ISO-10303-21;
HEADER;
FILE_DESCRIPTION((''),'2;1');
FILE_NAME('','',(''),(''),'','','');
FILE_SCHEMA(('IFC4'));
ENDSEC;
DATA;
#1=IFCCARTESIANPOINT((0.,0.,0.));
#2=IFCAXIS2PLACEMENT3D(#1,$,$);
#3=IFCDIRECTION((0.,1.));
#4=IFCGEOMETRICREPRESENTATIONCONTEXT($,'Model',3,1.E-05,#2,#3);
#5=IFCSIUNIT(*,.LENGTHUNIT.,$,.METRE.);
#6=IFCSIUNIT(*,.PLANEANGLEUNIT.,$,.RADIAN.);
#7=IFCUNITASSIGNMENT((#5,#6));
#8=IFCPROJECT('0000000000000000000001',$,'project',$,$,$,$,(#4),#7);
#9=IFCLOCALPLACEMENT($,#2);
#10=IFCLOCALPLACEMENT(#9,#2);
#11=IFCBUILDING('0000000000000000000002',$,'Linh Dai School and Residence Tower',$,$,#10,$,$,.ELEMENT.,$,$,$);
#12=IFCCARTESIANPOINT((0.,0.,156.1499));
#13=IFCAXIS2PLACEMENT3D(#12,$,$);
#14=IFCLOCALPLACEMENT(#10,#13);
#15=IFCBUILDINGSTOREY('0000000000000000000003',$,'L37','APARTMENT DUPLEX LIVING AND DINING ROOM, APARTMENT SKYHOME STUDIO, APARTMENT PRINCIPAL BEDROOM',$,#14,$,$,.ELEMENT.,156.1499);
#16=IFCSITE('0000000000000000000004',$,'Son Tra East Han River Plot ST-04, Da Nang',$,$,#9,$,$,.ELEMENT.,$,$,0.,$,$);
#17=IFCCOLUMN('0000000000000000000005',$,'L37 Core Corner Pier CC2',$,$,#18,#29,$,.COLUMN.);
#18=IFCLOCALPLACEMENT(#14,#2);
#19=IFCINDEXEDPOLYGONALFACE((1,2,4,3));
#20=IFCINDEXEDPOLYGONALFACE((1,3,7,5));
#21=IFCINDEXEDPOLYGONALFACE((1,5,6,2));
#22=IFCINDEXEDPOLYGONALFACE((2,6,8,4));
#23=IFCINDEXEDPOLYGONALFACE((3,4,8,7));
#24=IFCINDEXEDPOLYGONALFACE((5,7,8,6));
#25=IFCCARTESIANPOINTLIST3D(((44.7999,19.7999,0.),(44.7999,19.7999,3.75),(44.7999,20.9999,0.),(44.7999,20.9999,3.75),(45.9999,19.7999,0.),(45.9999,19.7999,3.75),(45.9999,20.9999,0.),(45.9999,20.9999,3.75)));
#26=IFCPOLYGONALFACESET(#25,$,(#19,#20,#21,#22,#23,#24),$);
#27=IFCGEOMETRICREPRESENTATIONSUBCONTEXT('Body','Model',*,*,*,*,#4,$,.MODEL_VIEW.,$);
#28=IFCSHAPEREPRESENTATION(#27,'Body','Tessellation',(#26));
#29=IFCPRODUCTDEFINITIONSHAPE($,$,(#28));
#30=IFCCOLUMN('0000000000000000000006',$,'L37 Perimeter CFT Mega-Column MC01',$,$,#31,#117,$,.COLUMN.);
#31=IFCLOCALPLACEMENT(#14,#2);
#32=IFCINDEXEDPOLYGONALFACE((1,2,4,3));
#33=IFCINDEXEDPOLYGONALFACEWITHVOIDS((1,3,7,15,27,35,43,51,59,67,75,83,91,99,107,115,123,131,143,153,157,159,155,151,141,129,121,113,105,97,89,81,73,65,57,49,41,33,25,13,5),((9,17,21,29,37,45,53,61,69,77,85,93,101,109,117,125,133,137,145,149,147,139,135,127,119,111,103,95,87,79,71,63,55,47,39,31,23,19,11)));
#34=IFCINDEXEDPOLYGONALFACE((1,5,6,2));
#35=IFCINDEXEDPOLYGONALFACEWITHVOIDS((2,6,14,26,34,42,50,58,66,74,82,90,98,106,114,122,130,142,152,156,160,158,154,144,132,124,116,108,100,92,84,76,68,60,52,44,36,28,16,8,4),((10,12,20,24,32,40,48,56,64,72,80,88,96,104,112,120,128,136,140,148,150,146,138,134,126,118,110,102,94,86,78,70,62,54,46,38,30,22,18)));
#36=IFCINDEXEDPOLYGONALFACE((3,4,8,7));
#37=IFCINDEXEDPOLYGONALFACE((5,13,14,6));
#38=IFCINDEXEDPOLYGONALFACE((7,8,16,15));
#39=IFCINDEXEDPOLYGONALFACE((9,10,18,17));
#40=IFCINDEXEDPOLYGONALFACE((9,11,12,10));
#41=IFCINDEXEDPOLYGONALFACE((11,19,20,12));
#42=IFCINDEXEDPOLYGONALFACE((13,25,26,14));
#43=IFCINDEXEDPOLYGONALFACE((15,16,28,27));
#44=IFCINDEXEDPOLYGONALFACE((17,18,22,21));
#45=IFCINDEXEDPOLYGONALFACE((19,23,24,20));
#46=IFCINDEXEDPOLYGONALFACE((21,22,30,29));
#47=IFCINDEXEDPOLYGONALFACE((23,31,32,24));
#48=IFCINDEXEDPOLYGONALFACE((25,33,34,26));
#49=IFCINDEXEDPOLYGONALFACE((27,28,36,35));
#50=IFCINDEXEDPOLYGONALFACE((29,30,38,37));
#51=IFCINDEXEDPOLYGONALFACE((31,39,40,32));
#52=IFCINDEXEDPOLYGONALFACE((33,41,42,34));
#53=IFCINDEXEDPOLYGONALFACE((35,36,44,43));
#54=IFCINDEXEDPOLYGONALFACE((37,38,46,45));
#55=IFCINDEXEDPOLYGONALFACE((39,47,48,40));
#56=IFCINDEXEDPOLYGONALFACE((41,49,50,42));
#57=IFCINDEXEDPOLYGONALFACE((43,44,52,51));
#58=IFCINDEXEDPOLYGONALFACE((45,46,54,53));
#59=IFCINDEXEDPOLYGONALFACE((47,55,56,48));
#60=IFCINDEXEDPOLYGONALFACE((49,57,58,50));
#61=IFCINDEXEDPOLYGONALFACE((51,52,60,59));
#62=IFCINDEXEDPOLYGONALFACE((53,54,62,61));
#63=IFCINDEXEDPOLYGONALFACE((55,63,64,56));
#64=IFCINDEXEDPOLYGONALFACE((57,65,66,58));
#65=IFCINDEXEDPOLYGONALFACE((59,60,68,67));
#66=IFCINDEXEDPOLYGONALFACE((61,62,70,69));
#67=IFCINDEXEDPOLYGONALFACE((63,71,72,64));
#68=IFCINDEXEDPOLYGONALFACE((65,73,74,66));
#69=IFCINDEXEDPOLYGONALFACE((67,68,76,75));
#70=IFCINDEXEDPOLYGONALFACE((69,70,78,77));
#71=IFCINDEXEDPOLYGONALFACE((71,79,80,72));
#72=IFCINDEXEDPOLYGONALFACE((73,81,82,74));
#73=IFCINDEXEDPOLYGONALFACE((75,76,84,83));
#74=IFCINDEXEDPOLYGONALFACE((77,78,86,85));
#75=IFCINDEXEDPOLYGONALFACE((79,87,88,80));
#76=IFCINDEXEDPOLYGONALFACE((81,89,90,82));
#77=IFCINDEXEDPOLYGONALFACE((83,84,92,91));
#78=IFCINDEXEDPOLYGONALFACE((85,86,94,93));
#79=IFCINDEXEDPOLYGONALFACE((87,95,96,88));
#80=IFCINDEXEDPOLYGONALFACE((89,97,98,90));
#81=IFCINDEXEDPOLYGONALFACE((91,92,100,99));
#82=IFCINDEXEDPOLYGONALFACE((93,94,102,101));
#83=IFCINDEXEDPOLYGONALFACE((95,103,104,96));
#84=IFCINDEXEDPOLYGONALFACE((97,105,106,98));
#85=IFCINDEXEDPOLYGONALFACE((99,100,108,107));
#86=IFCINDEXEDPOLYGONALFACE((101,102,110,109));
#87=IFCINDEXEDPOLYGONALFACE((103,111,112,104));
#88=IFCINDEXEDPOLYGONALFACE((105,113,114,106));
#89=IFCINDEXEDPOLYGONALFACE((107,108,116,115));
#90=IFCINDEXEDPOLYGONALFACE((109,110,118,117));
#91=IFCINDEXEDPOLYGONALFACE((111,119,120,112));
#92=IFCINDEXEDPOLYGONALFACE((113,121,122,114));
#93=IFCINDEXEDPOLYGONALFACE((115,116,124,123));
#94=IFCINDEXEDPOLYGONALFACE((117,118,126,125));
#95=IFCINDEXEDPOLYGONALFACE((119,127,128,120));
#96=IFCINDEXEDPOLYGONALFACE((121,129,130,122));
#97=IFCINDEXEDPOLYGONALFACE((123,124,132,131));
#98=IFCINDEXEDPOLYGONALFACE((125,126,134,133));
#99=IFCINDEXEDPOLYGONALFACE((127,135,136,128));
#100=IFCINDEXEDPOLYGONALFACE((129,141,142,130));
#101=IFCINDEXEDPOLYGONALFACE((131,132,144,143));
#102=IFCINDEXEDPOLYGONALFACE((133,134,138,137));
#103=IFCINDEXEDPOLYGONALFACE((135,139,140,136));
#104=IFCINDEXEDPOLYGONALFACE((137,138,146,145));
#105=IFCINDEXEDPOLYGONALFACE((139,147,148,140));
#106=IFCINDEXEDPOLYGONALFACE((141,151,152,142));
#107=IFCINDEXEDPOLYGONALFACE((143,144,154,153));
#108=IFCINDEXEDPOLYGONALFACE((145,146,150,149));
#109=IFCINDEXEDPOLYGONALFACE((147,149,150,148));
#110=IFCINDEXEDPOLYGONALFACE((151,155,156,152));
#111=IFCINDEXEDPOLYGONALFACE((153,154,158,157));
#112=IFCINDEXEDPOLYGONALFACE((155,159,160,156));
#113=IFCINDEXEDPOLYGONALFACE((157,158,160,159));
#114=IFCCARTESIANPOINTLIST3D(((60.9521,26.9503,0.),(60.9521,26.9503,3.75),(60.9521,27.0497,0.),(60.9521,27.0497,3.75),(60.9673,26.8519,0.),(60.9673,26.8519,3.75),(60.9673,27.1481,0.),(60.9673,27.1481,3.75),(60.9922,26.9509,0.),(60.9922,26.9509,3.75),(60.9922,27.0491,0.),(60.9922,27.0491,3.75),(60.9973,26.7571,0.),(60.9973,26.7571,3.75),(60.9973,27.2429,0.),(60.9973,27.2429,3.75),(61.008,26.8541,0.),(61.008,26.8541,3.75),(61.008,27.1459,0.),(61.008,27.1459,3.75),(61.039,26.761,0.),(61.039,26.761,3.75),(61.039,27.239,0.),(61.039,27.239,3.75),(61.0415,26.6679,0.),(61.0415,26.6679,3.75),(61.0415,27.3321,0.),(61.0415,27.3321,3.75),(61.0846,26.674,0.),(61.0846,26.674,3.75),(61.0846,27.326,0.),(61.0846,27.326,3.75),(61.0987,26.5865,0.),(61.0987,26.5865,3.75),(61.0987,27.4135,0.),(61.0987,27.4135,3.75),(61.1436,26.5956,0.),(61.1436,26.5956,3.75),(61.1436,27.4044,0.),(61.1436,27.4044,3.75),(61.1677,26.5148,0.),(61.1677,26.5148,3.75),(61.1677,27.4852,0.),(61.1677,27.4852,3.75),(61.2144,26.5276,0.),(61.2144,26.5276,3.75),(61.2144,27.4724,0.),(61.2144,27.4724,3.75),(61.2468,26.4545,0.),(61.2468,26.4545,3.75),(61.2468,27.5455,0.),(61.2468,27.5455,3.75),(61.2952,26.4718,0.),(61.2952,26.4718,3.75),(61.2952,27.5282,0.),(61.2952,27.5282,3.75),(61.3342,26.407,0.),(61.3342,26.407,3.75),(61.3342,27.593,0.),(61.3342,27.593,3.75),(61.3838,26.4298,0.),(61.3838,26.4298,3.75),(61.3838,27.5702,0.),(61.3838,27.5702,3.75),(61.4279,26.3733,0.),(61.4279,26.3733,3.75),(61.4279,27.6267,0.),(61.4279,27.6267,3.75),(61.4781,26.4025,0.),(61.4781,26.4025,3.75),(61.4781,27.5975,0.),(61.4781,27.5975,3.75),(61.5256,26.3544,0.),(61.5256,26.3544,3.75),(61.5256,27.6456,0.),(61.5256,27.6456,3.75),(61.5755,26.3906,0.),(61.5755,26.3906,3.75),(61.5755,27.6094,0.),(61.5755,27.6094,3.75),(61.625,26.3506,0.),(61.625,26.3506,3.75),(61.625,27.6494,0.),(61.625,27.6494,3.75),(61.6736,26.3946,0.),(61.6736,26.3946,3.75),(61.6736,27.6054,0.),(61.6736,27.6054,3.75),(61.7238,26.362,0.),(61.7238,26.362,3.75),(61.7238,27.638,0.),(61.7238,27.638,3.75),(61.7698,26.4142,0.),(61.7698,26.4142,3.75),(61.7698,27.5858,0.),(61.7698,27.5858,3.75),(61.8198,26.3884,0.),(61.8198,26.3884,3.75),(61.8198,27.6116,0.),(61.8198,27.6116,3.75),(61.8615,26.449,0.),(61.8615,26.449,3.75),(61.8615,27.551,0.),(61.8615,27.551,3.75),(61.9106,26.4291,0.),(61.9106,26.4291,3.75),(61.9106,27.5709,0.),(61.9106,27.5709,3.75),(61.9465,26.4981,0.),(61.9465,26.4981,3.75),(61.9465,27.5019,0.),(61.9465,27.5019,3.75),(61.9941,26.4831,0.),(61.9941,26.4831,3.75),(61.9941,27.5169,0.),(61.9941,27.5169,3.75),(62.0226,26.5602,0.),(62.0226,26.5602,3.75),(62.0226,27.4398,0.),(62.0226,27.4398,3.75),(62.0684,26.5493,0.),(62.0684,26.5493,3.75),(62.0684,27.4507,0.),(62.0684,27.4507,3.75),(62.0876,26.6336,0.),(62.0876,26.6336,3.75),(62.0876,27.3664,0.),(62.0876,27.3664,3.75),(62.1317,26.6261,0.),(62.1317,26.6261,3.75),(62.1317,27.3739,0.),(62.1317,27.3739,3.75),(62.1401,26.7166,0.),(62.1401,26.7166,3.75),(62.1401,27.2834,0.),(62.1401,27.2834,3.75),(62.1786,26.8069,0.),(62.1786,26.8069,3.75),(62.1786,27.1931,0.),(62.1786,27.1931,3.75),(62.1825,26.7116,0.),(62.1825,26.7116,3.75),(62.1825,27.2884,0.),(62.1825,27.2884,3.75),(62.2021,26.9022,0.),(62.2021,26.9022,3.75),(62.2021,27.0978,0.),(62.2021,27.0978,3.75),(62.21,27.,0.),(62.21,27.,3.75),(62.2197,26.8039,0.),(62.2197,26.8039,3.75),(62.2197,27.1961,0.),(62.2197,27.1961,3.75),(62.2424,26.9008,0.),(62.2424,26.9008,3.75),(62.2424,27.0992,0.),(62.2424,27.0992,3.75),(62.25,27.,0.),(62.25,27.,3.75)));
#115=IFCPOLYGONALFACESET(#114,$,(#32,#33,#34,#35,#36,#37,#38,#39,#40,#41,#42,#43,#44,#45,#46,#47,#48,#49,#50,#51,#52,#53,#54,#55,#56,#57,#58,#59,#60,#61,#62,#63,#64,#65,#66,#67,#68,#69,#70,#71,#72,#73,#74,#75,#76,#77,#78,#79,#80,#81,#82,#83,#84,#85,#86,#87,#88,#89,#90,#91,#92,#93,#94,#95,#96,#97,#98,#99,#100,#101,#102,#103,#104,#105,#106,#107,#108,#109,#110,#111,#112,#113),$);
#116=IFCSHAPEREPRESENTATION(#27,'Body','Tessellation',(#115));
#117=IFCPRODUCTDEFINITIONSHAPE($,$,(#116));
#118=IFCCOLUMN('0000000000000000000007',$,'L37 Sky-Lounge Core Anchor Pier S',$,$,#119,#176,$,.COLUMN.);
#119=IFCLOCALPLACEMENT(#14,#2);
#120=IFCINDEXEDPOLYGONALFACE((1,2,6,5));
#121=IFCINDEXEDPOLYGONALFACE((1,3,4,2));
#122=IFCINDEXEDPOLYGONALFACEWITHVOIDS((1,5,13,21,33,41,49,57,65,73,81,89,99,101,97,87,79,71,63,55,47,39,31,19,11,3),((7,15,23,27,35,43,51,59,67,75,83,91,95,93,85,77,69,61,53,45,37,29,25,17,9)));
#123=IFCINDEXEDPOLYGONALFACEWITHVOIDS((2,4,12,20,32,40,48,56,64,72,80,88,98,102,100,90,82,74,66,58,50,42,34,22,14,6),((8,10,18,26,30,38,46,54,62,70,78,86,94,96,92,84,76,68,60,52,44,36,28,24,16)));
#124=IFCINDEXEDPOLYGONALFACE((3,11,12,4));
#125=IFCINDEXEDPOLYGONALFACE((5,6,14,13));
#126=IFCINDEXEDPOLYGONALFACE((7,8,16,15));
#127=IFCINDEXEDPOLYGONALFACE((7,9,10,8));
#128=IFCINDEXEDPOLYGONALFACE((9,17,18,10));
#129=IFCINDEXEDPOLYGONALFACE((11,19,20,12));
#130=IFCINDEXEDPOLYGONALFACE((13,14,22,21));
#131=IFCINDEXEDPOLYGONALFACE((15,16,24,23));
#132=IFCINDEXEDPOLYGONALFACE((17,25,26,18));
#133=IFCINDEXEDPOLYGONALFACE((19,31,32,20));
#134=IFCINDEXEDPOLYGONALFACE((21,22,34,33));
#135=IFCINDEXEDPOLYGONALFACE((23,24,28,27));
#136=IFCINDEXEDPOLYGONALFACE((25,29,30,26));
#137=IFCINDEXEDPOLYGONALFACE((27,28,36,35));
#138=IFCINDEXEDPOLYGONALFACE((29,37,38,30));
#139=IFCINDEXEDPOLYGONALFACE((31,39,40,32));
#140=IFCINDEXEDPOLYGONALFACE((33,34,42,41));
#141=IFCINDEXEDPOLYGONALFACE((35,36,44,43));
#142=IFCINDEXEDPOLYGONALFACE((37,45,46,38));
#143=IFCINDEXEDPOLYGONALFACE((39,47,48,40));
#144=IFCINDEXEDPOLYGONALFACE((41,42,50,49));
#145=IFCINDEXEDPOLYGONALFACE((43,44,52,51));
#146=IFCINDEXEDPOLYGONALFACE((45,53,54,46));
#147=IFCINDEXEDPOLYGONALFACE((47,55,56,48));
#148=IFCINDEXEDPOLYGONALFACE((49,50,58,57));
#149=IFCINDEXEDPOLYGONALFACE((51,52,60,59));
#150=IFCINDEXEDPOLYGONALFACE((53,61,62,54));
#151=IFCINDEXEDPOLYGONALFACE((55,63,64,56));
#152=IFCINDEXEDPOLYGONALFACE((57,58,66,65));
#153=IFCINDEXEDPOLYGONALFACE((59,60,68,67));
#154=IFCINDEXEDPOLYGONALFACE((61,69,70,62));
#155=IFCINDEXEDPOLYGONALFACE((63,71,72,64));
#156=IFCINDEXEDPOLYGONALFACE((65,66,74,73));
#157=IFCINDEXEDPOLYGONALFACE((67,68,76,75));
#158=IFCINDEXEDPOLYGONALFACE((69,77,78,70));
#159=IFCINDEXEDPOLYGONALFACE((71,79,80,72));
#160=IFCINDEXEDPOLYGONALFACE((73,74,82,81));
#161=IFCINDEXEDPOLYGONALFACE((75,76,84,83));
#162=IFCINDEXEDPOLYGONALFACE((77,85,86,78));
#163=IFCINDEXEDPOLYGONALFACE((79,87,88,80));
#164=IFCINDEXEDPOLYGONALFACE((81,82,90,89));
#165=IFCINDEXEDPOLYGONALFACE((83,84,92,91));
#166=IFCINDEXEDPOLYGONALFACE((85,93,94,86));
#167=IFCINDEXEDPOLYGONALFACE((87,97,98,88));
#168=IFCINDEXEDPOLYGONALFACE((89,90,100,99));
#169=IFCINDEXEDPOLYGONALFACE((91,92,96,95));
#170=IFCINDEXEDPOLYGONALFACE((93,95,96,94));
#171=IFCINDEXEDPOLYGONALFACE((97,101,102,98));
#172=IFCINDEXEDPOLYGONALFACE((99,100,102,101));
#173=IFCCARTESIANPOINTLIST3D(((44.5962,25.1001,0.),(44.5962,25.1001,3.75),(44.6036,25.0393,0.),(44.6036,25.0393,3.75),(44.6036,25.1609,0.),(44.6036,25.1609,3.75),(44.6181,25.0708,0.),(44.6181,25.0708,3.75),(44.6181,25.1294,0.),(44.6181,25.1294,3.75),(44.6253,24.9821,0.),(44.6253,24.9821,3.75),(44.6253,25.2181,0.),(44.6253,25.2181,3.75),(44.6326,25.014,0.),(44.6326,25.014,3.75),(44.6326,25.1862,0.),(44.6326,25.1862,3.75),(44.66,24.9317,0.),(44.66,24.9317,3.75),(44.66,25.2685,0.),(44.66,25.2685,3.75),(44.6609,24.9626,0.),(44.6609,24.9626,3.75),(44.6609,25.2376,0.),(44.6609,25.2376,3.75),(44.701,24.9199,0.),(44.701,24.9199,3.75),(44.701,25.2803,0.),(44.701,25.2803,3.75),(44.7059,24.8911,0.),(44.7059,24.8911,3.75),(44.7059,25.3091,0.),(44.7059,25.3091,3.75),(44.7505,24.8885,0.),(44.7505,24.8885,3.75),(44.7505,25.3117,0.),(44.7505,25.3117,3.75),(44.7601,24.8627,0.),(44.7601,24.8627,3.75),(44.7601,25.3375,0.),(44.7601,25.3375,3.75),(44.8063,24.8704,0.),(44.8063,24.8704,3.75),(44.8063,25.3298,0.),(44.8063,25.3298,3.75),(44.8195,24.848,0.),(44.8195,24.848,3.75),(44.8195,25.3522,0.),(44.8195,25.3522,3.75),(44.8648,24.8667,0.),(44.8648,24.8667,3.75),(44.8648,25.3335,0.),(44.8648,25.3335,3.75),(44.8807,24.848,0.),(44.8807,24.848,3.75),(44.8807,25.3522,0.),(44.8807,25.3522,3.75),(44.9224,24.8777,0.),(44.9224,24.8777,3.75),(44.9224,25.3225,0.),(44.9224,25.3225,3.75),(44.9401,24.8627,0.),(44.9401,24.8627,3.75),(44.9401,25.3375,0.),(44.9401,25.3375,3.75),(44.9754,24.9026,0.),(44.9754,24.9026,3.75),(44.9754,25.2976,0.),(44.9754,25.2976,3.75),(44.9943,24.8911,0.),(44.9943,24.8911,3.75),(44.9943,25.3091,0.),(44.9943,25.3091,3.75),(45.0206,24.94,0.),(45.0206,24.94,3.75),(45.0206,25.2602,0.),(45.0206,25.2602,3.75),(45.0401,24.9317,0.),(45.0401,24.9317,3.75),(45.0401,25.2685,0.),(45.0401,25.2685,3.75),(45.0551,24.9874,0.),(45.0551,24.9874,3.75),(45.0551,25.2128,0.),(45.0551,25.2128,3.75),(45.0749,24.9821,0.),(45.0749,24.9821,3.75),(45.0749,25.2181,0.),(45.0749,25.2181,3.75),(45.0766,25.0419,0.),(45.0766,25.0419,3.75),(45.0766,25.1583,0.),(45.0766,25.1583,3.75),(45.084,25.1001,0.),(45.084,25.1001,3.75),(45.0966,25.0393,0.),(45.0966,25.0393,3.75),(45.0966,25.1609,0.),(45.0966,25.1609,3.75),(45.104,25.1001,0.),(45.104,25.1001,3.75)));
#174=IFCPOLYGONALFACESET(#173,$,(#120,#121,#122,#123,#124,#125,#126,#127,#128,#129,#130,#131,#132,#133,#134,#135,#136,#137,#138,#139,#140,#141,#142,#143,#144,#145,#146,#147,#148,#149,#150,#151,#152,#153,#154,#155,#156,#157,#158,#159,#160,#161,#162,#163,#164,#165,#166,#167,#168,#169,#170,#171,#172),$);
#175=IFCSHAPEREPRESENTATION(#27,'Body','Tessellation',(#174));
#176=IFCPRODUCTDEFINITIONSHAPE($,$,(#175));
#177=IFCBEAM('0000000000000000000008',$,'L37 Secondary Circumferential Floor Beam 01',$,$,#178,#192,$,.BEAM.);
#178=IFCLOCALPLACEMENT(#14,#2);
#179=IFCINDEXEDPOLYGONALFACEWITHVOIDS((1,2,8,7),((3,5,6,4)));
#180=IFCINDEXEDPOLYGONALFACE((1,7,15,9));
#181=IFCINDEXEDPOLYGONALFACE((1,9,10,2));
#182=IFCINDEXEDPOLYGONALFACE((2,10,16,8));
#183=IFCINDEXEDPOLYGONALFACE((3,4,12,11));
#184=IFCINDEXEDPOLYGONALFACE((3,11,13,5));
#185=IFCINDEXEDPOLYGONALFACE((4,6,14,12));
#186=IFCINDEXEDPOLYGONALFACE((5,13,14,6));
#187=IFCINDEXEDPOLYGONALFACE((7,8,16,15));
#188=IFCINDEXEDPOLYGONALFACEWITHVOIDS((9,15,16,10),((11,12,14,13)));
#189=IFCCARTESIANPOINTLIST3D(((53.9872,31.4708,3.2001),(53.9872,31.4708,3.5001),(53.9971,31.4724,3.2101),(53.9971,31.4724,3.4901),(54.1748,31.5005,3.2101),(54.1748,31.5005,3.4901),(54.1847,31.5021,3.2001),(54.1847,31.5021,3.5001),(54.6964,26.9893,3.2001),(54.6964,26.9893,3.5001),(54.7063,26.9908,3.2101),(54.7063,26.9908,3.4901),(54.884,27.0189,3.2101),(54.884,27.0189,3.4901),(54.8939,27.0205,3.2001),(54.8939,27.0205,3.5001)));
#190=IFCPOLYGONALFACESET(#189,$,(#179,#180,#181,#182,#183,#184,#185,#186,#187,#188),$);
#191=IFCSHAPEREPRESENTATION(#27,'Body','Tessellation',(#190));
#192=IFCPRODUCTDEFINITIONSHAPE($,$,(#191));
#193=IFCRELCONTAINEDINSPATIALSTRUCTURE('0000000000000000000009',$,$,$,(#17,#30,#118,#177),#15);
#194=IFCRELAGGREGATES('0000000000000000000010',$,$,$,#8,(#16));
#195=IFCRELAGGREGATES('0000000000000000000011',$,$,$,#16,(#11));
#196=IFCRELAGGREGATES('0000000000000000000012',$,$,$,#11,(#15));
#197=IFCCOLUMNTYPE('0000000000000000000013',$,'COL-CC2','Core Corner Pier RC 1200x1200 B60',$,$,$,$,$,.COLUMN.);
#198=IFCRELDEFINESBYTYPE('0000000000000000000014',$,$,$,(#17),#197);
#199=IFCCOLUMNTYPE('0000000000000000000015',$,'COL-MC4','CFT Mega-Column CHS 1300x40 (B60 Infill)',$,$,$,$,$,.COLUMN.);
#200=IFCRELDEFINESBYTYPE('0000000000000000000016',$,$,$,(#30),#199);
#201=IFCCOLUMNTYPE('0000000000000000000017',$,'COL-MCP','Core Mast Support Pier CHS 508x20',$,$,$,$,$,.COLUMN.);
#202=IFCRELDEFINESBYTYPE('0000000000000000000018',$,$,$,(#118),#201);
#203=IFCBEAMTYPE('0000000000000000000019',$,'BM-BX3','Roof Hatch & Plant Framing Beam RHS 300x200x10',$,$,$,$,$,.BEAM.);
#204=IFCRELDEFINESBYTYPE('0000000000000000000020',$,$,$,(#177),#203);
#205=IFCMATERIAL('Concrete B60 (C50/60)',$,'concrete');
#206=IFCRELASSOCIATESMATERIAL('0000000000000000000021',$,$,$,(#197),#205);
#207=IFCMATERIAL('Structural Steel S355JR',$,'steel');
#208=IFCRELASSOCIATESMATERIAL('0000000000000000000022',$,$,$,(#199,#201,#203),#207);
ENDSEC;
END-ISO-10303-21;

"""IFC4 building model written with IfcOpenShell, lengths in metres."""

from ifc_helpers import new_model, si_unit, direction, frame, origin, origin_2d, place, context, subcontext, project, spatial, rectangle, hollow_rectangle, hollow_circle, extrude, material, material_profile, profile_set, type_object, element, save


model = new_model("IFC4")

# Units and contexts
model_context = context("Model", 3, precision=1e-05, world=origin(), true_north=direction((0.0, 1.0)))
body_context = subcontext(model_context, "Body", "Model", "MODEL_VIEW")
ifc_project = project(units=[si_unit("LENGTHUNIT", "METRE"), si_unit("PLANEANGLEUNIT", "RADIAN")], contexts=[model_context])

# Site, building, storey
site_placement = place(None, origin())
site = spatial("IfcSite", under=ifc_project, at=site_placement, Name="Son Tra East Han River Plot ST-04, Da Nang", CompositionType="ELEMENT", RefElevation=0.0)
building_placement = place(site_placement, origin())
building = spatial("IfcBuilding", under=site, at=building_placement, Name="Linh Dai School and Residence Tower", CompositionType="ELEMENT")
storey_placement = place(building_placement, frame((0.0, 0.0, 156.1499)))
storey = spatial("IfcBuildingStorey", under=building, at=storey_placement, Name="L37", Description="APARTMENT DUPLEX LIVING AND DINING ROOM, APARTMENT SKYHOME STUDIO, APARTMENT PRINCIPAL BEDROOM", CompositionType="ELEMENT", Elevation=156.1499)

# Columns
ifc_material_1 = material(Name="Concrete B60 (C50/60)", Category="concrete")
ifc_material_profile_1 = material_profile(ifc_material_1, rectangle(XDim=1.2, YDim=1.2, at=origin_2d()), Name="RC 1200x1200")
ifc_profile_set_1 = profile_set([ifc_material_profile_1], Name="Concrete B60 (C50/60)")
column_type_1 = type_object("IfcColumnType", Name="COL-CC2", Description="Core Corner Pier RC 1200x1200 B60", PredefinedType="COLUMN", material=ifc_profile_set_1)
column_1_placement = place(storey_placement, frame((45.3999, 20.3999, 0.0), z_axis=(0.0, 0.0, 1.0), x_axis=(1.0, 0.0, 0.0)))
element("IfcColumn", 1, at=column_1_placement, inside=storey, type_object=column_type_1, Name="L37 Core Corner Pier CC2", PredefinedType="COLUMN", context=body_context, shape_type="SweptSolid", body=[
    extrude(rectangle(XDim=1.2, YDim=1.2, at=origin_2d()), origin(), (0.0, 0.0, 1.0), 3.75),
])
ifc_material_2 = material(Name="Structural Steel S355JR", Category="steel")
ifc_material_profile_2 = material_profile(ifc_material_2, hollow_circle(Radius=0.6499, WallThickness=0.04, at=origin_2d()), Name="CHS 1300x40")
ifc_profile_set_2 = profile_set([ifc_material_profile_2], Name="Structural Steel S355JR")
column_type_2 = type_object("IfcColumnType", Name="COL-MC4", Description="CFT Mega-Column CHS 1300x40 (B60 Infill)", PredefinedType="COLUMN", material=ifc_profile_set_2)
column_2_placement = place(storey_placement, frame((61.6001, 27.0, 0.0), z_axis=(0.0, 0.0, 1.0), x_axis=(1.0, 0.0, 0.0)))
element("IfcColumn", 2, at=column_2_placement, inside=storey, type_object=column_type_2, Name="L37 Perimeter CFT Mega-Column MC01", PredefinedType="COLUMN", context=body_context, shape_type="SweptSolid", body=[
    extrude(hollow_circle(Radius=0.6499, WallThickness=0.04, at=origin_2d()), origin(), (0.0, 0.0, 1.0), 3.75),
])
ifc_material_profile_3 = material_profile(ifc_material_2, hollow_circle(Radius=0.2539, WallThickness=0.02, at=origin_2d()), Name="CHS 508x20")
ifc_profile_set_3 = profile_set([ifc_material_profile_3], Name="Structural Steel S355JR")
column_type_3 = type_object("IfcColumnType", Name="COL-MCP", Description="Core Mast Support Pier CHS 508x20", PredefinedType="COLUMN", material=ifc_profile_set_3)
column_3_placement = place(storey_placement, frame((44.8501, 25.1001, 0.0), z_axis=(0.0, 0.0, 1.0), x_axis=(1.0, 0.0, 0.0)))
element("IfcColumn", 3, at=column_3_placement, inside=storey, type_object=column_type_3, Name="L37 Sky-Lounge Core Anchor Pier S", PredefinedType="COLUMN", context=body_context, shape_type="SweptSolid", body=[
    extrude(hollow_circle(Radius=0.2539, WallThickness=0.02, at=origin_2d()), origin(), (0.0, 0.0, 1.0), 3.75),
])

# Beam
ifc_material_profile_4 = material_profile(ifc_material_2, hollow_rectangle(XDim=0.2, YDim=0.3, WallThickness=0.01, at=origin_2d()), Name="RHS 300x200x10")
ifc_profile_set_4 = profile_set([ifc_material_profile_4], Name="Structural Steel S355JR")
beam_type_1 = type_object("IfcBeamType", Name="BM-BX3", Description="Roof Hatch & Plant Framing Beam RHS 300x200x10", PredefinedType="BEAM", material=ifc_profile_set_4)
beam_1_placement = place(storey_placement, frame((54.7952, 27.0049, 3.3501), z_axis=(-0.156305, 0.987709, 0.0), x_axis=(-0.987709, -0.156305, 0.0)))
element("IfcBeam", 4, at=beam_1_placement, inside=storey, type_object=beam_type_1, Name="L37 Secondary Circumferential Floor Beam 01", PredefinedType="BEAM", context=body_context, shape_type="SweptSolid", body=[
    extrude(hollow_rectangle(XDim=0.2, YDim=0.3, WallThickness=0.01, at=origin_2d()), origin(), (0.0, 0.0, 1.0), 4.5374),
])

save(model, "model.ifc")
